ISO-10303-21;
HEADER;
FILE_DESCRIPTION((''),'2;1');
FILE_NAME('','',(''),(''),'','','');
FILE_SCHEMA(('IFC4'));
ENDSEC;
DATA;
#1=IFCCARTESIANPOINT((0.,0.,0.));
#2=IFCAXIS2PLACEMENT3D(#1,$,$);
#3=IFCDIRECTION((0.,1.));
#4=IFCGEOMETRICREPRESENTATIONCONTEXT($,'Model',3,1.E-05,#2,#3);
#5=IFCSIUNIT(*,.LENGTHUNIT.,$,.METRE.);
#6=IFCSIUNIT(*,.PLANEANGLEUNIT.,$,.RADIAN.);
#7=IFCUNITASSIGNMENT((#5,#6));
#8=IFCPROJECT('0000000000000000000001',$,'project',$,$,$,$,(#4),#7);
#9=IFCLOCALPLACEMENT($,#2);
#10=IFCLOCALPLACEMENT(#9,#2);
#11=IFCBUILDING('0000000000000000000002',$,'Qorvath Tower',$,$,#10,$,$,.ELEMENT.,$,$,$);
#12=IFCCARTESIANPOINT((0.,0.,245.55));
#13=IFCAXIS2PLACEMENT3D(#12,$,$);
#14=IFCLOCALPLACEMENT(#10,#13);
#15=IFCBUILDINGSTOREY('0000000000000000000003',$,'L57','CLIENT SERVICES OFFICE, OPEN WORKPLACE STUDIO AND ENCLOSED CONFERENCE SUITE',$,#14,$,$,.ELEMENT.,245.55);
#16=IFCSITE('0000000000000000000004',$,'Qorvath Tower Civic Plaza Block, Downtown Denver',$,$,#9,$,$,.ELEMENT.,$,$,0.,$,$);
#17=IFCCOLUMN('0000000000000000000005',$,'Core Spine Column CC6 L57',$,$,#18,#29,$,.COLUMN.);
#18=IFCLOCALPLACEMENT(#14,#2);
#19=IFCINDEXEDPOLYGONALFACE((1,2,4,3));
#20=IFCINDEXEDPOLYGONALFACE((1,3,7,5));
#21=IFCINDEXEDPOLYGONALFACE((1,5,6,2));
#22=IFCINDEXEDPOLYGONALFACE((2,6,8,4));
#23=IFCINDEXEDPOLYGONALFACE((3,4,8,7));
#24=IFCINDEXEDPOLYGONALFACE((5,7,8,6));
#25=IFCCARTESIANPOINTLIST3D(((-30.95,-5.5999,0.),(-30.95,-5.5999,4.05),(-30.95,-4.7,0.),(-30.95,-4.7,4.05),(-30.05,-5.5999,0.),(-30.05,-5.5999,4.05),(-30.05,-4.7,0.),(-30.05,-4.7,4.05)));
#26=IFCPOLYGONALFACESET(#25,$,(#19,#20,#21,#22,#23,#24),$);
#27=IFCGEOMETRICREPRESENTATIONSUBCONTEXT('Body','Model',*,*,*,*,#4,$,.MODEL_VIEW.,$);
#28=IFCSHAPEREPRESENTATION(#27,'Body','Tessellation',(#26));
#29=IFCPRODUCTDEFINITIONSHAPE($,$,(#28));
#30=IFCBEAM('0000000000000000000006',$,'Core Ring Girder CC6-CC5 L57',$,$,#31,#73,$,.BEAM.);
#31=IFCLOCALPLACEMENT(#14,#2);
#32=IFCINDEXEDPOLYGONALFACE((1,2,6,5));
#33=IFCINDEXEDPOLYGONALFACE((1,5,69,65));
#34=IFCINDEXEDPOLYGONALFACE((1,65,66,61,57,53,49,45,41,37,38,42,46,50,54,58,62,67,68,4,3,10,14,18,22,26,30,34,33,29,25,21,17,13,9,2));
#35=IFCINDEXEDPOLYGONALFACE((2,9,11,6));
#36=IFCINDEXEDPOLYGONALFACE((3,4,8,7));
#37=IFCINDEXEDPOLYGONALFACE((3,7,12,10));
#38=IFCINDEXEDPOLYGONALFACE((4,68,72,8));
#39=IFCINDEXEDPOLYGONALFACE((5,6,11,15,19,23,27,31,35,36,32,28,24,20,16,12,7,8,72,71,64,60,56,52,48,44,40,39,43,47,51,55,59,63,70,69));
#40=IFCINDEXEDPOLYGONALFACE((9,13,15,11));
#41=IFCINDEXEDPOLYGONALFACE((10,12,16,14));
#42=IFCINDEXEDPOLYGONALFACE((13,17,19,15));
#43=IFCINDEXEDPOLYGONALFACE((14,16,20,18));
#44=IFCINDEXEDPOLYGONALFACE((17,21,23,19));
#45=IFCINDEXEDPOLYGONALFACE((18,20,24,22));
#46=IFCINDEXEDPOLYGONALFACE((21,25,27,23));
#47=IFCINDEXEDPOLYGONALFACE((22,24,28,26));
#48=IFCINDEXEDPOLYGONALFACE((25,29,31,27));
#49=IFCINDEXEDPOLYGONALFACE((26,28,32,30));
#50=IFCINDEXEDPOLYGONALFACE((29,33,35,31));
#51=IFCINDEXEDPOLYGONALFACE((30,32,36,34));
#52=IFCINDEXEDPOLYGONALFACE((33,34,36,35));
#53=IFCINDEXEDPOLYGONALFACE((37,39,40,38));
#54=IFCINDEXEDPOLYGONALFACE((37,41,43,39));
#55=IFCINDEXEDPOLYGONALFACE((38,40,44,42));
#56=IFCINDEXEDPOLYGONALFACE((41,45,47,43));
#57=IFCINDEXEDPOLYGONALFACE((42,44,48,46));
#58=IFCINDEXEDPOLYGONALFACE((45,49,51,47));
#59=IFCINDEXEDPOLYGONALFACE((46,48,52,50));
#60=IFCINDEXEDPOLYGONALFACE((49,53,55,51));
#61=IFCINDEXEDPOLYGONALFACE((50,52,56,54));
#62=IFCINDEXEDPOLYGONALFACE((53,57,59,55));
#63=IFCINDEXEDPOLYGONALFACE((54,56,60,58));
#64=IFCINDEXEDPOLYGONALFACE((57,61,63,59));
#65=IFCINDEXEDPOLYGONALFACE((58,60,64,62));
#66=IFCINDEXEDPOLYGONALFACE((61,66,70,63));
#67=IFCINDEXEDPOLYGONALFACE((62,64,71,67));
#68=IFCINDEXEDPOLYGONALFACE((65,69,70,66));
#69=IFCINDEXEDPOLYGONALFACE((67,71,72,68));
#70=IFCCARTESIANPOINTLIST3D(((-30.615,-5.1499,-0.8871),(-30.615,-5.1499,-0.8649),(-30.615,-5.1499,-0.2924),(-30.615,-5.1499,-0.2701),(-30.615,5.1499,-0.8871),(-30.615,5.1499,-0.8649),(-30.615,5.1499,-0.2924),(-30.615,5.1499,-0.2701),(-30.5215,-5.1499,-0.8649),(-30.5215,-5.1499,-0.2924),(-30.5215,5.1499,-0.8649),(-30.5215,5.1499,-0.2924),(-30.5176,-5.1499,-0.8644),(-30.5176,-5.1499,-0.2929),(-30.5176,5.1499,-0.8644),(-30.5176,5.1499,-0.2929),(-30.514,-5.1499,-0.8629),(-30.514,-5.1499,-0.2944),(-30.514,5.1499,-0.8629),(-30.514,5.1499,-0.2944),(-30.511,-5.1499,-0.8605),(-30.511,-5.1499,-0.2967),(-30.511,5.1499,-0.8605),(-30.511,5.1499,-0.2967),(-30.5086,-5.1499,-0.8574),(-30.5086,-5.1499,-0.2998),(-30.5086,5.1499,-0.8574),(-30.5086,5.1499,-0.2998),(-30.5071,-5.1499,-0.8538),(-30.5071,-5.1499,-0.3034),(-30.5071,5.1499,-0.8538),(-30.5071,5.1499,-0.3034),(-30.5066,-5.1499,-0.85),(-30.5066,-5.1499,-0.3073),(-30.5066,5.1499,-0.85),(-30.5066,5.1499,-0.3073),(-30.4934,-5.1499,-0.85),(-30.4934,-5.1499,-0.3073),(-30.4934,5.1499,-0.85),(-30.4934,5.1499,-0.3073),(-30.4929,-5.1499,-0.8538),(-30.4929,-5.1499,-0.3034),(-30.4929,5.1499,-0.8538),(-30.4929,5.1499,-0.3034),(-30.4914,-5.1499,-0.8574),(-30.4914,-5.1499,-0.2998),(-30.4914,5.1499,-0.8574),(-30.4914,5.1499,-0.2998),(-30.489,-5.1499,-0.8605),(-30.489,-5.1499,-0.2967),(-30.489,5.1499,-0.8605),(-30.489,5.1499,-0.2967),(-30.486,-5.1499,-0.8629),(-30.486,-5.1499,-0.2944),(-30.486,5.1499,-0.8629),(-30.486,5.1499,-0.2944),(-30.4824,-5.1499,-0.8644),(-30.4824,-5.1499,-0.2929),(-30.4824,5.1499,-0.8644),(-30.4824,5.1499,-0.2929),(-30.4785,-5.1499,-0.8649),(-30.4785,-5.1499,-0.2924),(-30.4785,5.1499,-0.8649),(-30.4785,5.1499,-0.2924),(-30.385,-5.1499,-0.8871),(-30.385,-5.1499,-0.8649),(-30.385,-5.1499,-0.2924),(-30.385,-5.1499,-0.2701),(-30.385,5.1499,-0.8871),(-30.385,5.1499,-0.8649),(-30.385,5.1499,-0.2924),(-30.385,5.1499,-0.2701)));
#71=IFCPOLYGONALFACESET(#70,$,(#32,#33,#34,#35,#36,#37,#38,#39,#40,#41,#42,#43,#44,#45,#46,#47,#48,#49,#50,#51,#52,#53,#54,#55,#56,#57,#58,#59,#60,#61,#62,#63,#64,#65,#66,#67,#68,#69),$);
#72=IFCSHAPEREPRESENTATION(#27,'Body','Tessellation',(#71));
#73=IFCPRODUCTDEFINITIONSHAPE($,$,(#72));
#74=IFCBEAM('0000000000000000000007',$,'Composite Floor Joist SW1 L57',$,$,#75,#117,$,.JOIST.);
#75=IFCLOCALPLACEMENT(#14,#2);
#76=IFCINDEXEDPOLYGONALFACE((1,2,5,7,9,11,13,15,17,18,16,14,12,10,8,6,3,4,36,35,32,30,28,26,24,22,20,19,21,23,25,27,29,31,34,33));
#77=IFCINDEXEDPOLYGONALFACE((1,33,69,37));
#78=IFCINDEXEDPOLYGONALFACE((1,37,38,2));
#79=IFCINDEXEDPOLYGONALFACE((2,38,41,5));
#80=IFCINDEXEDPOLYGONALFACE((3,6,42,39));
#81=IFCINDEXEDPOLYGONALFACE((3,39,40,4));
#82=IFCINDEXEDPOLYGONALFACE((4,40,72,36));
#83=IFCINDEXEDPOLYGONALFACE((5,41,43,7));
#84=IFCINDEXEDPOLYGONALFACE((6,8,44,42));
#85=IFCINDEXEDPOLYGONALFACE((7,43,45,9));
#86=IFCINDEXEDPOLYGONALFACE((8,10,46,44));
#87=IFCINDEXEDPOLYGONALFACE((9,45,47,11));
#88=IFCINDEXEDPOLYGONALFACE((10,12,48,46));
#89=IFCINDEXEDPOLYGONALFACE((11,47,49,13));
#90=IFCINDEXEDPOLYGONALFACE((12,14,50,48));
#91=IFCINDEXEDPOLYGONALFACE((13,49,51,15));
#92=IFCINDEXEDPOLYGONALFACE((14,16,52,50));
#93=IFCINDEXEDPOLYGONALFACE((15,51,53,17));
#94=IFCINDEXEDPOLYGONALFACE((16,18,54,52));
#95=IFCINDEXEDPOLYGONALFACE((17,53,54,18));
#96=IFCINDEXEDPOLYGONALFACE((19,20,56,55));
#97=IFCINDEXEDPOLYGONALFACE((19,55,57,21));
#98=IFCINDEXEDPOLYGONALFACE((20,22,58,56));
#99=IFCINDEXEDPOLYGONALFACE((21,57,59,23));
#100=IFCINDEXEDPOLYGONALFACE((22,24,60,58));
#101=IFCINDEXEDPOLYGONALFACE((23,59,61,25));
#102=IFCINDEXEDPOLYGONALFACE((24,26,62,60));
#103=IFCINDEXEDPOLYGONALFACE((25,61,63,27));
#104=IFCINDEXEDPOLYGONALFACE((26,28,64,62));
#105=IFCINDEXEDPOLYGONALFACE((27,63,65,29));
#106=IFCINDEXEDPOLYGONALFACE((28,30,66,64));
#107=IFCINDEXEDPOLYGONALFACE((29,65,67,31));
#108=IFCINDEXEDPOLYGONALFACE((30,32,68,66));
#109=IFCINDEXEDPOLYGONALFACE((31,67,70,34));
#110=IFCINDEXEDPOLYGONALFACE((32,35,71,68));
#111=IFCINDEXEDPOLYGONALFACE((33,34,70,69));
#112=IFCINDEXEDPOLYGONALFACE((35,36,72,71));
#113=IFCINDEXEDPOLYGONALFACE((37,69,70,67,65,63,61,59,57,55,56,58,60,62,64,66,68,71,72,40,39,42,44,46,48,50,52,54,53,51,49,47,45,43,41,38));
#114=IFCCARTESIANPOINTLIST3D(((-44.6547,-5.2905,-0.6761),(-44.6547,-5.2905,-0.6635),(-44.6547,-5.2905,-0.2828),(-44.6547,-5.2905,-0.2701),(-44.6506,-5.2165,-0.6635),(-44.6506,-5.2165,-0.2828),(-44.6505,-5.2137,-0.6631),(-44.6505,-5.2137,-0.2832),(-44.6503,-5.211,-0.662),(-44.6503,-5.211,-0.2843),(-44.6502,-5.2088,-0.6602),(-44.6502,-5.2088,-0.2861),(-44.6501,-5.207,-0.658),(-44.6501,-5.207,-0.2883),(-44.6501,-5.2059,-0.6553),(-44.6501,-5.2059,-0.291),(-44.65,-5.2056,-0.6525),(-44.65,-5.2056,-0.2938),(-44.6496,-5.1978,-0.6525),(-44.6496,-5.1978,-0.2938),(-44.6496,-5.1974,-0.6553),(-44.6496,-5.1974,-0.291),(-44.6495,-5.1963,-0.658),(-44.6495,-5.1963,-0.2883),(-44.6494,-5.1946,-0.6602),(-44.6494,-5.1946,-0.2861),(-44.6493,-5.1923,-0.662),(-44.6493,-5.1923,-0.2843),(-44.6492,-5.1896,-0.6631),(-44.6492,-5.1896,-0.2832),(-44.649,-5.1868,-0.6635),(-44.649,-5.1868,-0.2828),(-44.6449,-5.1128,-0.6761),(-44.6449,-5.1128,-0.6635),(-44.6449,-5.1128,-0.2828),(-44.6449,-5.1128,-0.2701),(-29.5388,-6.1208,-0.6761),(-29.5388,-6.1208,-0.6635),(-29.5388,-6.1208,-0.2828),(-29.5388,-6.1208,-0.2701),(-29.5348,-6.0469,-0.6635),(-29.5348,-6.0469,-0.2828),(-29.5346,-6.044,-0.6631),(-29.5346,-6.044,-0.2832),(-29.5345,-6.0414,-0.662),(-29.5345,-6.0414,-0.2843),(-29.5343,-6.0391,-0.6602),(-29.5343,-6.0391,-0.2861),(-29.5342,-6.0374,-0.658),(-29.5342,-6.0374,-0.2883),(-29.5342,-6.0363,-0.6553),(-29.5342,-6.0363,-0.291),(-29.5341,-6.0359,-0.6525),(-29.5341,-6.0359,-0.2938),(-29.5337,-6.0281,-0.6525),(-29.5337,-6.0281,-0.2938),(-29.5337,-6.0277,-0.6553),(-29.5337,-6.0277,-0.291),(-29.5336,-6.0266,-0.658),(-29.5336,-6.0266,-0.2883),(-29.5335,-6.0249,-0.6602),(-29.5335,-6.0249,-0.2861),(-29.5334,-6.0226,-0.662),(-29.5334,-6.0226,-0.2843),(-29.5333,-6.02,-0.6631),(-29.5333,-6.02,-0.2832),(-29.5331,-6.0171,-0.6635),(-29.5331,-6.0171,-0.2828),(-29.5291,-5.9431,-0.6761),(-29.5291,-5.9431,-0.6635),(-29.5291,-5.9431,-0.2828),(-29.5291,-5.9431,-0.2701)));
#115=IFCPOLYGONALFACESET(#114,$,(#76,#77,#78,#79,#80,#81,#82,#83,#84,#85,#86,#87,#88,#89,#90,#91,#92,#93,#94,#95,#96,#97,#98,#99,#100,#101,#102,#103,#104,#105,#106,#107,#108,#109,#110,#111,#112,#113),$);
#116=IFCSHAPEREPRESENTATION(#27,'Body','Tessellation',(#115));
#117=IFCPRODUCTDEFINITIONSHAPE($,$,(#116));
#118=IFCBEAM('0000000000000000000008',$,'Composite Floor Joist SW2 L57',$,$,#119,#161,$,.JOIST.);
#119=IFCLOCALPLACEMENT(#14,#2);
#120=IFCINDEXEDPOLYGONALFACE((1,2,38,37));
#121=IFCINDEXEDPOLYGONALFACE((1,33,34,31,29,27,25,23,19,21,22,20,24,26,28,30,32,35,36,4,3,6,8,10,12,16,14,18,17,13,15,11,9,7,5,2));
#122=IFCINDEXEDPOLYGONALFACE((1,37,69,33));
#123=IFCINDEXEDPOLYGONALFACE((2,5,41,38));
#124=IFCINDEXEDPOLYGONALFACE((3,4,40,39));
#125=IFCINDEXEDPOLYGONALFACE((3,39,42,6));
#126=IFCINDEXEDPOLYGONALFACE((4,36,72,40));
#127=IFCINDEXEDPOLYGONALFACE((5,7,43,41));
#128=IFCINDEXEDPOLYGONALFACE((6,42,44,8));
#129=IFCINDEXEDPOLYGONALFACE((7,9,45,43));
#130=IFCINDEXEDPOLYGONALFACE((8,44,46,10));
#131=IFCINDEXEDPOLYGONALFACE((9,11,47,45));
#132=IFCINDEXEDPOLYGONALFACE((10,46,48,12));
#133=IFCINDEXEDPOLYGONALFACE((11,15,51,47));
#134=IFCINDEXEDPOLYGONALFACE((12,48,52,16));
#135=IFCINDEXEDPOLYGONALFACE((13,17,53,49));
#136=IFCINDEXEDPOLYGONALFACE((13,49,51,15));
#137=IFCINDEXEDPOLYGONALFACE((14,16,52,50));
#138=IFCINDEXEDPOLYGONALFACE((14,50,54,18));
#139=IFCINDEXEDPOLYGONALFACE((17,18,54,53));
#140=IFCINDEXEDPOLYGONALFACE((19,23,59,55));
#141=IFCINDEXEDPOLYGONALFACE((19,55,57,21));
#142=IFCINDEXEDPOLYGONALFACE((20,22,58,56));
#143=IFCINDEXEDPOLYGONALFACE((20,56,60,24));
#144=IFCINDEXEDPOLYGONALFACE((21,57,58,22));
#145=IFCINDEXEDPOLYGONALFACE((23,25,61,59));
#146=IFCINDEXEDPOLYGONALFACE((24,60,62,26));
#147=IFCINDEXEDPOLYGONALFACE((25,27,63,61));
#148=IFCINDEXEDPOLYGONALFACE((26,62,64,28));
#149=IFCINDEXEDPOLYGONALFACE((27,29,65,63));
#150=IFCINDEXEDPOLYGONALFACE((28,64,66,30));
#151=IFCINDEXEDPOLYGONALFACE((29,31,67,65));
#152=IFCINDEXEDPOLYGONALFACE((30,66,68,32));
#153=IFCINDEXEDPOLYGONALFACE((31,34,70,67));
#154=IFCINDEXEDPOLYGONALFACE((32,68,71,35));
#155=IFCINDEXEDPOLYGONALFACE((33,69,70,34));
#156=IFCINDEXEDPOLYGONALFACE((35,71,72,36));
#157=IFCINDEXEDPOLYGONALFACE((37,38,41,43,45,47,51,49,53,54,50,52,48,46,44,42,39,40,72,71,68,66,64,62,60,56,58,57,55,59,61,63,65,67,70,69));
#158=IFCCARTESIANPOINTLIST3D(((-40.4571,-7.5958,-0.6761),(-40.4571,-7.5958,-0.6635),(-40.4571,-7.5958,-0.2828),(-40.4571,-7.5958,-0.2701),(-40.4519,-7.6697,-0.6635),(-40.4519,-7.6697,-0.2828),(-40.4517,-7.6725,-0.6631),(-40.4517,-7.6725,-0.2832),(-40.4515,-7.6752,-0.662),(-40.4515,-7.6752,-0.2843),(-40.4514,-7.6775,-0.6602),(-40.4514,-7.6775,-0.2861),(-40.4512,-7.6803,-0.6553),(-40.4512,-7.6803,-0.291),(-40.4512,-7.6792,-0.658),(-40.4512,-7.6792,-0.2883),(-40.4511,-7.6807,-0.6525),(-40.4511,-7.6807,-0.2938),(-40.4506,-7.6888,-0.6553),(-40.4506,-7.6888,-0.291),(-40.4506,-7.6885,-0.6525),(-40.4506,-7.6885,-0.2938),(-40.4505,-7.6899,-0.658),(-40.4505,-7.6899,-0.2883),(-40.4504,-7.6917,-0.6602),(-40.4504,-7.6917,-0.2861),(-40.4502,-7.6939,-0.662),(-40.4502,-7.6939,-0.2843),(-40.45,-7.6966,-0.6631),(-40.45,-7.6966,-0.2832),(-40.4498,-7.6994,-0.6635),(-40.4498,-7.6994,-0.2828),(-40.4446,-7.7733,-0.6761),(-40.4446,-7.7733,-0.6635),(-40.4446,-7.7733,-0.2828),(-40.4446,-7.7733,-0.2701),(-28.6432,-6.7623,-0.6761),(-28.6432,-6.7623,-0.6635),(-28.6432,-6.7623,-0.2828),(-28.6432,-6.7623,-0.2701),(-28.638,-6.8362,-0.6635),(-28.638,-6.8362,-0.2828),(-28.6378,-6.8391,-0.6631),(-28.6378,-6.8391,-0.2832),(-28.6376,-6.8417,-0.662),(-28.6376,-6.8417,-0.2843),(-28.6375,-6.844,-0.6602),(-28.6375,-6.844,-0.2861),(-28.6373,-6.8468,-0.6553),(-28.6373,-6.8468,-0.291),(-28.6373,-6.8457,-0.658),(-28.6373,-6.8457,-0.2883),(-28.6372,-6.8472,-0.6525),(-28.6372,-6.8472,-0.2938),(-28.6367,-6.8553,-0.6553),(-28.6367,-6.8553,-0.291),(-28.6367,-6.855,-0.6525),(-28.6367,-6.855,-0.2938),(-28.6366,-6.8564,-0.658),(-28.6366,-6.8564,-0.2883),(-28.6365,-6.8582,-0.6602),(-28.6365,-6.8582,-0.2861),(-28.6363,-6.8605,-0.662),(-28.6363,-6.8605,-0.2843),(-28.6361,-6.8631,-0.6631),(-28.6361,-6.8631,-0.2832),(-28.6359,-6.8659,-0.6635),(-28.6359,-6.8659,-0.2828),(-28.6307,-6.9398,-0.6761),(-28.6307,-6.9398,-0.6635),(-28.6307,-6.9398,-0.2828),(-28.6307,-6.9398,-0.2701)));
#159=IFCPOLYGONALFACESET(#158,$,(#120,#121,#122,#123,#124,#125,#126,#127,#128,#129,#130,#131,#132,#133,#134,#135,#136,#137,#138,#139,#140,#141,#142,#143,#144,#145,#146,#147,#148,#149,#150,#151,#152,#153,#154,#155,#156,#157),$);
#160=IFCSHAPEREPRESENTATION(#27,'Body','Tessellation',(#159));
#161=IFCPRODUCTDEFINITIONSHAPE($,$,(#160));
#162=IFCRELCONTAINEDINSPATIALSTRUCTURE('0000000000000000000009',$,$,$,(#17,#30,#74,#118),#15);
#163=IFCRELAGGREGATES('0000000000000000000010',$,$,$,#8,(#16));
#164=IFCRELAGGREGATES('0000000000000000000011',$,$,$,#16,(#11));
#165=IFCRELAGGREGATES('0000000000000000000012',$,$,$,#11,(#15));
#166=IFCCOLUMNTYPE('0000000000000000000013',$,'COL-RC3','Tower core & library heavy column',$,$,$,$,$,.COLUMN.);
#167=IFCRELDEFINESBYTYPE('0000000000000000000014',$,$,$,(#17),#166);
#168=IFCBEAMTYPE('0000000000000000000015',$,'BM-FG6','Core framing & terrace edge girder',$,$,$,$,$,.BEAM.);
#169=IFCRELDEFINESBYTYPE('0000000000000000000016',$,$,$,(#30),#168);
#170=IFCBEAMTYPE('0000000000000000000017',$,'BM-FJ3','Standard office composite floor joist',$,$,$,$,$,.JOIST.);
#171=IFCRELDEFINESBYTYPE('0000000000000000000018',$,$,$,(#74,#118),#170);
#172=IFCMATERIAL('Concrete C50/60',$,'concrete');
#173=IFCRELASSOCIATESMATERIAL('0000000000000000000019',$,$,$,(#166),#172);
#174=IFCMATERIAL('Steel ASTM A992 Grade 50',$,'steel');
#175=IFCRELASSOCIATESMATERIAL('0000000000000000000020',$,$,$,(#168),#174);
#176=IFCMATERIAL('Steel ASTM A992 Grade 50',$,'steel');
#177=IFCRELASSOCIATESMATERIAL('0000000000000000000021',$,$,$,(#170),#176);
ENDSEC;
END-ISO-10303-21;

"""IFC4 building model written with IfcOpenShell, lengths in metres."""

from ifc_helpers import new_model, si_unit, direction, frame, origin, origin_2d, place, context, subcontext, project, spatial, rectangle, i_section, extrude, material, material_profile, profile_set, type_object, element, save


model = new_model("IFC4")

# Units and contexts
model_context = context("Model", 3, precision=1e-05, world=origin(), true_north=direction((0.0, 1.0)))
body_context = subcontext(model_context, "Body", "Model", "MODEL_VIEW")
ifc_project = project(units=[si_unit("LENGTHUNIT", "METRE"), si_unit("PLANEANGLEUNIT", "RADIAN")], contexts=[model_context])

# Site, building, storey
site_placement = place(None, origin())
site = spatial("IfcSite", under=ifc_project, at=site_placement, Name="Qorvath Tower Civic Plaza Block, Downtown Denver", CompositionType="ELEMENT", RefElevation=0.0)
building_placement = place(site_placement, origin())
building = spatial("IfcBuilding", under=site, at=building_placement, Name="Qorvath Tower", CompositionType="ELEMENT")
storey_placement = place(building_placement, frame((0.0, 0.0, 245.55)))
storey = spatial("IfcBuildingStorey", under=building, at=storey_placement, Name="L57", Description="CLIENT SERVICES OFFICE, OPEN WORKPLACE STUDIO AND ENCLOSED CONFERENCE SUITE", CompositionType="ELEMENT", Elevation=245.55)

# Column
ifc_material_1 = material(Name="Concrete C50/60", Category="concrete")
ifc_material_profile_1 = material_profile(ifc_material_1, rectangle(XDim=0.8999, YDim=0.8999, at=origin_2d()), Name="RC 900x900")
ifc_profile_set_1 = profile_set([ifc_material_profile_1], Name="Concrete C50/60")
column_type = type_object("IfcColumnType", Name="COL-RC3", Description="Tower core & library heavy column", PredefinedType="COLUMN", material=ifc_profile_set_1)
column_placement = place(storey_placement, frame((-30.5, -5.1499, 0.0), z_axis=(0.0, 0.0, 1.0), x_axis=(1.0, 0.0, 0.0)))
element("IfcColumn", 1, at=column_placement, inside=storey, type_object=column_type, Name="Core Spine Column CC6 L57", PredefinedType="COLUMN", context=body_context, shape_type="SweptSolid", body=[
    extrude(rectangle(XDim=0.8999, YDim=0.8999, at=origin_2d()), origin(), (0.0, 0.0, 1.0), 4.05),
])

# Beams
ifc_material_2 = material(Name="Steel ASTM A992 Grade 50", Category="steel")
ifc_material_profile_2 = material_profile(ifc_material_2, i_section(OverallWidth=0.23, OverallDepth=0.6169, WebThickness=0.0132, FlangeThickness=0.0222, FilletRadius=0.0149, at=origin_2d()), Name="W24x94")
ifc_profile_set_2 = profile_set([ifc_material_profile_2], Name="Steel ASTM A992 Grade 50")
beam_type_1 = type_object("IfcBeamType", Name="BM-FG6", Description="Core framing & terrace edge girder", PredefinedType="BEAM", material=ifc_profile_set_2)
beam_1_placement = place(storey_placement, frame((-30.5, -5.1499, -0.5786), z_axis=(0.0, 1.0, 0.0), x_axis=(-1.0, 0.0, 0.0)))
element("IfcBeam", 2, at=beam_1_placement, inside=storey, type_object=beam_type_1, Name="Core Ring Girder CC6-CC5 L57", PredefinedType="BEAM", context=body_context, shape_type="SweptSolid", body=[
    extrude(i_section(OverallWidth=0.23, OverallDepth=0.6169, WebThickness=0.0132, FlangeThickness=0.0222, FilletRadius=0.0149, at=origin_2d()), origin(), (0.0, 0.0, 1.0), 10.2998),
])
ifc_material_3 = material(Name="Steel ASTM A992 Grade 50", Category="steel")
ifc_material_profile_3 = material_profile(ifc_material_3, i_section(OverallWidth=0.178, OverallDepth=0.406, WebThickness=0.0078, FlangeThickness=0.0127, FilletRadius=0.011, at=origin_2d()), Name="W16x40")
ifc_profile_set_3 = profile_set([ifc_material_profile_3], Name="Steel ASTM A992 Grade 50")
beam_type_2 = type_object("IfcBeamType", Name="BM-FJ3", Description="Standard office composite floor joist", PredefinedType="JOIST", material=ifc_profile_set_3)
beam_2_placement = place(storey_placement, frame((-29.5339, -6.032, -0.4731), z_axis=(-0.998495, 0.054847, 0.0), x_axis=(-0.054847, -0.998495, 0.0)))
element("IfcBeam", 3, at=beam_2_placement, inside=storey, type_object=beam_type_2, Name="Composite Floor Joist SW1 L57", PredefinedType="JOIST", context=body_context, shape_type="SweptSolid", body=[
    extrude(i_section(OverallWidth=0.178, OverallDepth=0.406, WebThickness=0.0078, FlangeThickness=0.0127, FilletRadius=0.011, at=origin_2d()), origin(), (0.0, 0.0, 1.0), 15.1387),
])
beam_3_placement = place(storey_placement, frame((-28.637, -6.8511, -0.4731), z_axis=(-0.99752, -0.070377, 0.0), x_axis=(0.070377, -0.99752, 0.0)))
element("IfcBeam", 4, at=beam_3_placement, inside=storey, type_object=beam_type_2, Name="Composite Floor Joist SW2 L57", PredefinedType="JOIST", context=body_context, shape_type="SweptSolid", body=[
    extrude(i_section(OverallWidth=0.178, OverallDepth=0.406, WebThickness=0.0078, FlangeThickness=0.0127, FilletRadius=0.011, at=origin_2d()), origin(), (0.0, 0.0, 1.0), 11.8433),
])

save(model, "model.ifc")
